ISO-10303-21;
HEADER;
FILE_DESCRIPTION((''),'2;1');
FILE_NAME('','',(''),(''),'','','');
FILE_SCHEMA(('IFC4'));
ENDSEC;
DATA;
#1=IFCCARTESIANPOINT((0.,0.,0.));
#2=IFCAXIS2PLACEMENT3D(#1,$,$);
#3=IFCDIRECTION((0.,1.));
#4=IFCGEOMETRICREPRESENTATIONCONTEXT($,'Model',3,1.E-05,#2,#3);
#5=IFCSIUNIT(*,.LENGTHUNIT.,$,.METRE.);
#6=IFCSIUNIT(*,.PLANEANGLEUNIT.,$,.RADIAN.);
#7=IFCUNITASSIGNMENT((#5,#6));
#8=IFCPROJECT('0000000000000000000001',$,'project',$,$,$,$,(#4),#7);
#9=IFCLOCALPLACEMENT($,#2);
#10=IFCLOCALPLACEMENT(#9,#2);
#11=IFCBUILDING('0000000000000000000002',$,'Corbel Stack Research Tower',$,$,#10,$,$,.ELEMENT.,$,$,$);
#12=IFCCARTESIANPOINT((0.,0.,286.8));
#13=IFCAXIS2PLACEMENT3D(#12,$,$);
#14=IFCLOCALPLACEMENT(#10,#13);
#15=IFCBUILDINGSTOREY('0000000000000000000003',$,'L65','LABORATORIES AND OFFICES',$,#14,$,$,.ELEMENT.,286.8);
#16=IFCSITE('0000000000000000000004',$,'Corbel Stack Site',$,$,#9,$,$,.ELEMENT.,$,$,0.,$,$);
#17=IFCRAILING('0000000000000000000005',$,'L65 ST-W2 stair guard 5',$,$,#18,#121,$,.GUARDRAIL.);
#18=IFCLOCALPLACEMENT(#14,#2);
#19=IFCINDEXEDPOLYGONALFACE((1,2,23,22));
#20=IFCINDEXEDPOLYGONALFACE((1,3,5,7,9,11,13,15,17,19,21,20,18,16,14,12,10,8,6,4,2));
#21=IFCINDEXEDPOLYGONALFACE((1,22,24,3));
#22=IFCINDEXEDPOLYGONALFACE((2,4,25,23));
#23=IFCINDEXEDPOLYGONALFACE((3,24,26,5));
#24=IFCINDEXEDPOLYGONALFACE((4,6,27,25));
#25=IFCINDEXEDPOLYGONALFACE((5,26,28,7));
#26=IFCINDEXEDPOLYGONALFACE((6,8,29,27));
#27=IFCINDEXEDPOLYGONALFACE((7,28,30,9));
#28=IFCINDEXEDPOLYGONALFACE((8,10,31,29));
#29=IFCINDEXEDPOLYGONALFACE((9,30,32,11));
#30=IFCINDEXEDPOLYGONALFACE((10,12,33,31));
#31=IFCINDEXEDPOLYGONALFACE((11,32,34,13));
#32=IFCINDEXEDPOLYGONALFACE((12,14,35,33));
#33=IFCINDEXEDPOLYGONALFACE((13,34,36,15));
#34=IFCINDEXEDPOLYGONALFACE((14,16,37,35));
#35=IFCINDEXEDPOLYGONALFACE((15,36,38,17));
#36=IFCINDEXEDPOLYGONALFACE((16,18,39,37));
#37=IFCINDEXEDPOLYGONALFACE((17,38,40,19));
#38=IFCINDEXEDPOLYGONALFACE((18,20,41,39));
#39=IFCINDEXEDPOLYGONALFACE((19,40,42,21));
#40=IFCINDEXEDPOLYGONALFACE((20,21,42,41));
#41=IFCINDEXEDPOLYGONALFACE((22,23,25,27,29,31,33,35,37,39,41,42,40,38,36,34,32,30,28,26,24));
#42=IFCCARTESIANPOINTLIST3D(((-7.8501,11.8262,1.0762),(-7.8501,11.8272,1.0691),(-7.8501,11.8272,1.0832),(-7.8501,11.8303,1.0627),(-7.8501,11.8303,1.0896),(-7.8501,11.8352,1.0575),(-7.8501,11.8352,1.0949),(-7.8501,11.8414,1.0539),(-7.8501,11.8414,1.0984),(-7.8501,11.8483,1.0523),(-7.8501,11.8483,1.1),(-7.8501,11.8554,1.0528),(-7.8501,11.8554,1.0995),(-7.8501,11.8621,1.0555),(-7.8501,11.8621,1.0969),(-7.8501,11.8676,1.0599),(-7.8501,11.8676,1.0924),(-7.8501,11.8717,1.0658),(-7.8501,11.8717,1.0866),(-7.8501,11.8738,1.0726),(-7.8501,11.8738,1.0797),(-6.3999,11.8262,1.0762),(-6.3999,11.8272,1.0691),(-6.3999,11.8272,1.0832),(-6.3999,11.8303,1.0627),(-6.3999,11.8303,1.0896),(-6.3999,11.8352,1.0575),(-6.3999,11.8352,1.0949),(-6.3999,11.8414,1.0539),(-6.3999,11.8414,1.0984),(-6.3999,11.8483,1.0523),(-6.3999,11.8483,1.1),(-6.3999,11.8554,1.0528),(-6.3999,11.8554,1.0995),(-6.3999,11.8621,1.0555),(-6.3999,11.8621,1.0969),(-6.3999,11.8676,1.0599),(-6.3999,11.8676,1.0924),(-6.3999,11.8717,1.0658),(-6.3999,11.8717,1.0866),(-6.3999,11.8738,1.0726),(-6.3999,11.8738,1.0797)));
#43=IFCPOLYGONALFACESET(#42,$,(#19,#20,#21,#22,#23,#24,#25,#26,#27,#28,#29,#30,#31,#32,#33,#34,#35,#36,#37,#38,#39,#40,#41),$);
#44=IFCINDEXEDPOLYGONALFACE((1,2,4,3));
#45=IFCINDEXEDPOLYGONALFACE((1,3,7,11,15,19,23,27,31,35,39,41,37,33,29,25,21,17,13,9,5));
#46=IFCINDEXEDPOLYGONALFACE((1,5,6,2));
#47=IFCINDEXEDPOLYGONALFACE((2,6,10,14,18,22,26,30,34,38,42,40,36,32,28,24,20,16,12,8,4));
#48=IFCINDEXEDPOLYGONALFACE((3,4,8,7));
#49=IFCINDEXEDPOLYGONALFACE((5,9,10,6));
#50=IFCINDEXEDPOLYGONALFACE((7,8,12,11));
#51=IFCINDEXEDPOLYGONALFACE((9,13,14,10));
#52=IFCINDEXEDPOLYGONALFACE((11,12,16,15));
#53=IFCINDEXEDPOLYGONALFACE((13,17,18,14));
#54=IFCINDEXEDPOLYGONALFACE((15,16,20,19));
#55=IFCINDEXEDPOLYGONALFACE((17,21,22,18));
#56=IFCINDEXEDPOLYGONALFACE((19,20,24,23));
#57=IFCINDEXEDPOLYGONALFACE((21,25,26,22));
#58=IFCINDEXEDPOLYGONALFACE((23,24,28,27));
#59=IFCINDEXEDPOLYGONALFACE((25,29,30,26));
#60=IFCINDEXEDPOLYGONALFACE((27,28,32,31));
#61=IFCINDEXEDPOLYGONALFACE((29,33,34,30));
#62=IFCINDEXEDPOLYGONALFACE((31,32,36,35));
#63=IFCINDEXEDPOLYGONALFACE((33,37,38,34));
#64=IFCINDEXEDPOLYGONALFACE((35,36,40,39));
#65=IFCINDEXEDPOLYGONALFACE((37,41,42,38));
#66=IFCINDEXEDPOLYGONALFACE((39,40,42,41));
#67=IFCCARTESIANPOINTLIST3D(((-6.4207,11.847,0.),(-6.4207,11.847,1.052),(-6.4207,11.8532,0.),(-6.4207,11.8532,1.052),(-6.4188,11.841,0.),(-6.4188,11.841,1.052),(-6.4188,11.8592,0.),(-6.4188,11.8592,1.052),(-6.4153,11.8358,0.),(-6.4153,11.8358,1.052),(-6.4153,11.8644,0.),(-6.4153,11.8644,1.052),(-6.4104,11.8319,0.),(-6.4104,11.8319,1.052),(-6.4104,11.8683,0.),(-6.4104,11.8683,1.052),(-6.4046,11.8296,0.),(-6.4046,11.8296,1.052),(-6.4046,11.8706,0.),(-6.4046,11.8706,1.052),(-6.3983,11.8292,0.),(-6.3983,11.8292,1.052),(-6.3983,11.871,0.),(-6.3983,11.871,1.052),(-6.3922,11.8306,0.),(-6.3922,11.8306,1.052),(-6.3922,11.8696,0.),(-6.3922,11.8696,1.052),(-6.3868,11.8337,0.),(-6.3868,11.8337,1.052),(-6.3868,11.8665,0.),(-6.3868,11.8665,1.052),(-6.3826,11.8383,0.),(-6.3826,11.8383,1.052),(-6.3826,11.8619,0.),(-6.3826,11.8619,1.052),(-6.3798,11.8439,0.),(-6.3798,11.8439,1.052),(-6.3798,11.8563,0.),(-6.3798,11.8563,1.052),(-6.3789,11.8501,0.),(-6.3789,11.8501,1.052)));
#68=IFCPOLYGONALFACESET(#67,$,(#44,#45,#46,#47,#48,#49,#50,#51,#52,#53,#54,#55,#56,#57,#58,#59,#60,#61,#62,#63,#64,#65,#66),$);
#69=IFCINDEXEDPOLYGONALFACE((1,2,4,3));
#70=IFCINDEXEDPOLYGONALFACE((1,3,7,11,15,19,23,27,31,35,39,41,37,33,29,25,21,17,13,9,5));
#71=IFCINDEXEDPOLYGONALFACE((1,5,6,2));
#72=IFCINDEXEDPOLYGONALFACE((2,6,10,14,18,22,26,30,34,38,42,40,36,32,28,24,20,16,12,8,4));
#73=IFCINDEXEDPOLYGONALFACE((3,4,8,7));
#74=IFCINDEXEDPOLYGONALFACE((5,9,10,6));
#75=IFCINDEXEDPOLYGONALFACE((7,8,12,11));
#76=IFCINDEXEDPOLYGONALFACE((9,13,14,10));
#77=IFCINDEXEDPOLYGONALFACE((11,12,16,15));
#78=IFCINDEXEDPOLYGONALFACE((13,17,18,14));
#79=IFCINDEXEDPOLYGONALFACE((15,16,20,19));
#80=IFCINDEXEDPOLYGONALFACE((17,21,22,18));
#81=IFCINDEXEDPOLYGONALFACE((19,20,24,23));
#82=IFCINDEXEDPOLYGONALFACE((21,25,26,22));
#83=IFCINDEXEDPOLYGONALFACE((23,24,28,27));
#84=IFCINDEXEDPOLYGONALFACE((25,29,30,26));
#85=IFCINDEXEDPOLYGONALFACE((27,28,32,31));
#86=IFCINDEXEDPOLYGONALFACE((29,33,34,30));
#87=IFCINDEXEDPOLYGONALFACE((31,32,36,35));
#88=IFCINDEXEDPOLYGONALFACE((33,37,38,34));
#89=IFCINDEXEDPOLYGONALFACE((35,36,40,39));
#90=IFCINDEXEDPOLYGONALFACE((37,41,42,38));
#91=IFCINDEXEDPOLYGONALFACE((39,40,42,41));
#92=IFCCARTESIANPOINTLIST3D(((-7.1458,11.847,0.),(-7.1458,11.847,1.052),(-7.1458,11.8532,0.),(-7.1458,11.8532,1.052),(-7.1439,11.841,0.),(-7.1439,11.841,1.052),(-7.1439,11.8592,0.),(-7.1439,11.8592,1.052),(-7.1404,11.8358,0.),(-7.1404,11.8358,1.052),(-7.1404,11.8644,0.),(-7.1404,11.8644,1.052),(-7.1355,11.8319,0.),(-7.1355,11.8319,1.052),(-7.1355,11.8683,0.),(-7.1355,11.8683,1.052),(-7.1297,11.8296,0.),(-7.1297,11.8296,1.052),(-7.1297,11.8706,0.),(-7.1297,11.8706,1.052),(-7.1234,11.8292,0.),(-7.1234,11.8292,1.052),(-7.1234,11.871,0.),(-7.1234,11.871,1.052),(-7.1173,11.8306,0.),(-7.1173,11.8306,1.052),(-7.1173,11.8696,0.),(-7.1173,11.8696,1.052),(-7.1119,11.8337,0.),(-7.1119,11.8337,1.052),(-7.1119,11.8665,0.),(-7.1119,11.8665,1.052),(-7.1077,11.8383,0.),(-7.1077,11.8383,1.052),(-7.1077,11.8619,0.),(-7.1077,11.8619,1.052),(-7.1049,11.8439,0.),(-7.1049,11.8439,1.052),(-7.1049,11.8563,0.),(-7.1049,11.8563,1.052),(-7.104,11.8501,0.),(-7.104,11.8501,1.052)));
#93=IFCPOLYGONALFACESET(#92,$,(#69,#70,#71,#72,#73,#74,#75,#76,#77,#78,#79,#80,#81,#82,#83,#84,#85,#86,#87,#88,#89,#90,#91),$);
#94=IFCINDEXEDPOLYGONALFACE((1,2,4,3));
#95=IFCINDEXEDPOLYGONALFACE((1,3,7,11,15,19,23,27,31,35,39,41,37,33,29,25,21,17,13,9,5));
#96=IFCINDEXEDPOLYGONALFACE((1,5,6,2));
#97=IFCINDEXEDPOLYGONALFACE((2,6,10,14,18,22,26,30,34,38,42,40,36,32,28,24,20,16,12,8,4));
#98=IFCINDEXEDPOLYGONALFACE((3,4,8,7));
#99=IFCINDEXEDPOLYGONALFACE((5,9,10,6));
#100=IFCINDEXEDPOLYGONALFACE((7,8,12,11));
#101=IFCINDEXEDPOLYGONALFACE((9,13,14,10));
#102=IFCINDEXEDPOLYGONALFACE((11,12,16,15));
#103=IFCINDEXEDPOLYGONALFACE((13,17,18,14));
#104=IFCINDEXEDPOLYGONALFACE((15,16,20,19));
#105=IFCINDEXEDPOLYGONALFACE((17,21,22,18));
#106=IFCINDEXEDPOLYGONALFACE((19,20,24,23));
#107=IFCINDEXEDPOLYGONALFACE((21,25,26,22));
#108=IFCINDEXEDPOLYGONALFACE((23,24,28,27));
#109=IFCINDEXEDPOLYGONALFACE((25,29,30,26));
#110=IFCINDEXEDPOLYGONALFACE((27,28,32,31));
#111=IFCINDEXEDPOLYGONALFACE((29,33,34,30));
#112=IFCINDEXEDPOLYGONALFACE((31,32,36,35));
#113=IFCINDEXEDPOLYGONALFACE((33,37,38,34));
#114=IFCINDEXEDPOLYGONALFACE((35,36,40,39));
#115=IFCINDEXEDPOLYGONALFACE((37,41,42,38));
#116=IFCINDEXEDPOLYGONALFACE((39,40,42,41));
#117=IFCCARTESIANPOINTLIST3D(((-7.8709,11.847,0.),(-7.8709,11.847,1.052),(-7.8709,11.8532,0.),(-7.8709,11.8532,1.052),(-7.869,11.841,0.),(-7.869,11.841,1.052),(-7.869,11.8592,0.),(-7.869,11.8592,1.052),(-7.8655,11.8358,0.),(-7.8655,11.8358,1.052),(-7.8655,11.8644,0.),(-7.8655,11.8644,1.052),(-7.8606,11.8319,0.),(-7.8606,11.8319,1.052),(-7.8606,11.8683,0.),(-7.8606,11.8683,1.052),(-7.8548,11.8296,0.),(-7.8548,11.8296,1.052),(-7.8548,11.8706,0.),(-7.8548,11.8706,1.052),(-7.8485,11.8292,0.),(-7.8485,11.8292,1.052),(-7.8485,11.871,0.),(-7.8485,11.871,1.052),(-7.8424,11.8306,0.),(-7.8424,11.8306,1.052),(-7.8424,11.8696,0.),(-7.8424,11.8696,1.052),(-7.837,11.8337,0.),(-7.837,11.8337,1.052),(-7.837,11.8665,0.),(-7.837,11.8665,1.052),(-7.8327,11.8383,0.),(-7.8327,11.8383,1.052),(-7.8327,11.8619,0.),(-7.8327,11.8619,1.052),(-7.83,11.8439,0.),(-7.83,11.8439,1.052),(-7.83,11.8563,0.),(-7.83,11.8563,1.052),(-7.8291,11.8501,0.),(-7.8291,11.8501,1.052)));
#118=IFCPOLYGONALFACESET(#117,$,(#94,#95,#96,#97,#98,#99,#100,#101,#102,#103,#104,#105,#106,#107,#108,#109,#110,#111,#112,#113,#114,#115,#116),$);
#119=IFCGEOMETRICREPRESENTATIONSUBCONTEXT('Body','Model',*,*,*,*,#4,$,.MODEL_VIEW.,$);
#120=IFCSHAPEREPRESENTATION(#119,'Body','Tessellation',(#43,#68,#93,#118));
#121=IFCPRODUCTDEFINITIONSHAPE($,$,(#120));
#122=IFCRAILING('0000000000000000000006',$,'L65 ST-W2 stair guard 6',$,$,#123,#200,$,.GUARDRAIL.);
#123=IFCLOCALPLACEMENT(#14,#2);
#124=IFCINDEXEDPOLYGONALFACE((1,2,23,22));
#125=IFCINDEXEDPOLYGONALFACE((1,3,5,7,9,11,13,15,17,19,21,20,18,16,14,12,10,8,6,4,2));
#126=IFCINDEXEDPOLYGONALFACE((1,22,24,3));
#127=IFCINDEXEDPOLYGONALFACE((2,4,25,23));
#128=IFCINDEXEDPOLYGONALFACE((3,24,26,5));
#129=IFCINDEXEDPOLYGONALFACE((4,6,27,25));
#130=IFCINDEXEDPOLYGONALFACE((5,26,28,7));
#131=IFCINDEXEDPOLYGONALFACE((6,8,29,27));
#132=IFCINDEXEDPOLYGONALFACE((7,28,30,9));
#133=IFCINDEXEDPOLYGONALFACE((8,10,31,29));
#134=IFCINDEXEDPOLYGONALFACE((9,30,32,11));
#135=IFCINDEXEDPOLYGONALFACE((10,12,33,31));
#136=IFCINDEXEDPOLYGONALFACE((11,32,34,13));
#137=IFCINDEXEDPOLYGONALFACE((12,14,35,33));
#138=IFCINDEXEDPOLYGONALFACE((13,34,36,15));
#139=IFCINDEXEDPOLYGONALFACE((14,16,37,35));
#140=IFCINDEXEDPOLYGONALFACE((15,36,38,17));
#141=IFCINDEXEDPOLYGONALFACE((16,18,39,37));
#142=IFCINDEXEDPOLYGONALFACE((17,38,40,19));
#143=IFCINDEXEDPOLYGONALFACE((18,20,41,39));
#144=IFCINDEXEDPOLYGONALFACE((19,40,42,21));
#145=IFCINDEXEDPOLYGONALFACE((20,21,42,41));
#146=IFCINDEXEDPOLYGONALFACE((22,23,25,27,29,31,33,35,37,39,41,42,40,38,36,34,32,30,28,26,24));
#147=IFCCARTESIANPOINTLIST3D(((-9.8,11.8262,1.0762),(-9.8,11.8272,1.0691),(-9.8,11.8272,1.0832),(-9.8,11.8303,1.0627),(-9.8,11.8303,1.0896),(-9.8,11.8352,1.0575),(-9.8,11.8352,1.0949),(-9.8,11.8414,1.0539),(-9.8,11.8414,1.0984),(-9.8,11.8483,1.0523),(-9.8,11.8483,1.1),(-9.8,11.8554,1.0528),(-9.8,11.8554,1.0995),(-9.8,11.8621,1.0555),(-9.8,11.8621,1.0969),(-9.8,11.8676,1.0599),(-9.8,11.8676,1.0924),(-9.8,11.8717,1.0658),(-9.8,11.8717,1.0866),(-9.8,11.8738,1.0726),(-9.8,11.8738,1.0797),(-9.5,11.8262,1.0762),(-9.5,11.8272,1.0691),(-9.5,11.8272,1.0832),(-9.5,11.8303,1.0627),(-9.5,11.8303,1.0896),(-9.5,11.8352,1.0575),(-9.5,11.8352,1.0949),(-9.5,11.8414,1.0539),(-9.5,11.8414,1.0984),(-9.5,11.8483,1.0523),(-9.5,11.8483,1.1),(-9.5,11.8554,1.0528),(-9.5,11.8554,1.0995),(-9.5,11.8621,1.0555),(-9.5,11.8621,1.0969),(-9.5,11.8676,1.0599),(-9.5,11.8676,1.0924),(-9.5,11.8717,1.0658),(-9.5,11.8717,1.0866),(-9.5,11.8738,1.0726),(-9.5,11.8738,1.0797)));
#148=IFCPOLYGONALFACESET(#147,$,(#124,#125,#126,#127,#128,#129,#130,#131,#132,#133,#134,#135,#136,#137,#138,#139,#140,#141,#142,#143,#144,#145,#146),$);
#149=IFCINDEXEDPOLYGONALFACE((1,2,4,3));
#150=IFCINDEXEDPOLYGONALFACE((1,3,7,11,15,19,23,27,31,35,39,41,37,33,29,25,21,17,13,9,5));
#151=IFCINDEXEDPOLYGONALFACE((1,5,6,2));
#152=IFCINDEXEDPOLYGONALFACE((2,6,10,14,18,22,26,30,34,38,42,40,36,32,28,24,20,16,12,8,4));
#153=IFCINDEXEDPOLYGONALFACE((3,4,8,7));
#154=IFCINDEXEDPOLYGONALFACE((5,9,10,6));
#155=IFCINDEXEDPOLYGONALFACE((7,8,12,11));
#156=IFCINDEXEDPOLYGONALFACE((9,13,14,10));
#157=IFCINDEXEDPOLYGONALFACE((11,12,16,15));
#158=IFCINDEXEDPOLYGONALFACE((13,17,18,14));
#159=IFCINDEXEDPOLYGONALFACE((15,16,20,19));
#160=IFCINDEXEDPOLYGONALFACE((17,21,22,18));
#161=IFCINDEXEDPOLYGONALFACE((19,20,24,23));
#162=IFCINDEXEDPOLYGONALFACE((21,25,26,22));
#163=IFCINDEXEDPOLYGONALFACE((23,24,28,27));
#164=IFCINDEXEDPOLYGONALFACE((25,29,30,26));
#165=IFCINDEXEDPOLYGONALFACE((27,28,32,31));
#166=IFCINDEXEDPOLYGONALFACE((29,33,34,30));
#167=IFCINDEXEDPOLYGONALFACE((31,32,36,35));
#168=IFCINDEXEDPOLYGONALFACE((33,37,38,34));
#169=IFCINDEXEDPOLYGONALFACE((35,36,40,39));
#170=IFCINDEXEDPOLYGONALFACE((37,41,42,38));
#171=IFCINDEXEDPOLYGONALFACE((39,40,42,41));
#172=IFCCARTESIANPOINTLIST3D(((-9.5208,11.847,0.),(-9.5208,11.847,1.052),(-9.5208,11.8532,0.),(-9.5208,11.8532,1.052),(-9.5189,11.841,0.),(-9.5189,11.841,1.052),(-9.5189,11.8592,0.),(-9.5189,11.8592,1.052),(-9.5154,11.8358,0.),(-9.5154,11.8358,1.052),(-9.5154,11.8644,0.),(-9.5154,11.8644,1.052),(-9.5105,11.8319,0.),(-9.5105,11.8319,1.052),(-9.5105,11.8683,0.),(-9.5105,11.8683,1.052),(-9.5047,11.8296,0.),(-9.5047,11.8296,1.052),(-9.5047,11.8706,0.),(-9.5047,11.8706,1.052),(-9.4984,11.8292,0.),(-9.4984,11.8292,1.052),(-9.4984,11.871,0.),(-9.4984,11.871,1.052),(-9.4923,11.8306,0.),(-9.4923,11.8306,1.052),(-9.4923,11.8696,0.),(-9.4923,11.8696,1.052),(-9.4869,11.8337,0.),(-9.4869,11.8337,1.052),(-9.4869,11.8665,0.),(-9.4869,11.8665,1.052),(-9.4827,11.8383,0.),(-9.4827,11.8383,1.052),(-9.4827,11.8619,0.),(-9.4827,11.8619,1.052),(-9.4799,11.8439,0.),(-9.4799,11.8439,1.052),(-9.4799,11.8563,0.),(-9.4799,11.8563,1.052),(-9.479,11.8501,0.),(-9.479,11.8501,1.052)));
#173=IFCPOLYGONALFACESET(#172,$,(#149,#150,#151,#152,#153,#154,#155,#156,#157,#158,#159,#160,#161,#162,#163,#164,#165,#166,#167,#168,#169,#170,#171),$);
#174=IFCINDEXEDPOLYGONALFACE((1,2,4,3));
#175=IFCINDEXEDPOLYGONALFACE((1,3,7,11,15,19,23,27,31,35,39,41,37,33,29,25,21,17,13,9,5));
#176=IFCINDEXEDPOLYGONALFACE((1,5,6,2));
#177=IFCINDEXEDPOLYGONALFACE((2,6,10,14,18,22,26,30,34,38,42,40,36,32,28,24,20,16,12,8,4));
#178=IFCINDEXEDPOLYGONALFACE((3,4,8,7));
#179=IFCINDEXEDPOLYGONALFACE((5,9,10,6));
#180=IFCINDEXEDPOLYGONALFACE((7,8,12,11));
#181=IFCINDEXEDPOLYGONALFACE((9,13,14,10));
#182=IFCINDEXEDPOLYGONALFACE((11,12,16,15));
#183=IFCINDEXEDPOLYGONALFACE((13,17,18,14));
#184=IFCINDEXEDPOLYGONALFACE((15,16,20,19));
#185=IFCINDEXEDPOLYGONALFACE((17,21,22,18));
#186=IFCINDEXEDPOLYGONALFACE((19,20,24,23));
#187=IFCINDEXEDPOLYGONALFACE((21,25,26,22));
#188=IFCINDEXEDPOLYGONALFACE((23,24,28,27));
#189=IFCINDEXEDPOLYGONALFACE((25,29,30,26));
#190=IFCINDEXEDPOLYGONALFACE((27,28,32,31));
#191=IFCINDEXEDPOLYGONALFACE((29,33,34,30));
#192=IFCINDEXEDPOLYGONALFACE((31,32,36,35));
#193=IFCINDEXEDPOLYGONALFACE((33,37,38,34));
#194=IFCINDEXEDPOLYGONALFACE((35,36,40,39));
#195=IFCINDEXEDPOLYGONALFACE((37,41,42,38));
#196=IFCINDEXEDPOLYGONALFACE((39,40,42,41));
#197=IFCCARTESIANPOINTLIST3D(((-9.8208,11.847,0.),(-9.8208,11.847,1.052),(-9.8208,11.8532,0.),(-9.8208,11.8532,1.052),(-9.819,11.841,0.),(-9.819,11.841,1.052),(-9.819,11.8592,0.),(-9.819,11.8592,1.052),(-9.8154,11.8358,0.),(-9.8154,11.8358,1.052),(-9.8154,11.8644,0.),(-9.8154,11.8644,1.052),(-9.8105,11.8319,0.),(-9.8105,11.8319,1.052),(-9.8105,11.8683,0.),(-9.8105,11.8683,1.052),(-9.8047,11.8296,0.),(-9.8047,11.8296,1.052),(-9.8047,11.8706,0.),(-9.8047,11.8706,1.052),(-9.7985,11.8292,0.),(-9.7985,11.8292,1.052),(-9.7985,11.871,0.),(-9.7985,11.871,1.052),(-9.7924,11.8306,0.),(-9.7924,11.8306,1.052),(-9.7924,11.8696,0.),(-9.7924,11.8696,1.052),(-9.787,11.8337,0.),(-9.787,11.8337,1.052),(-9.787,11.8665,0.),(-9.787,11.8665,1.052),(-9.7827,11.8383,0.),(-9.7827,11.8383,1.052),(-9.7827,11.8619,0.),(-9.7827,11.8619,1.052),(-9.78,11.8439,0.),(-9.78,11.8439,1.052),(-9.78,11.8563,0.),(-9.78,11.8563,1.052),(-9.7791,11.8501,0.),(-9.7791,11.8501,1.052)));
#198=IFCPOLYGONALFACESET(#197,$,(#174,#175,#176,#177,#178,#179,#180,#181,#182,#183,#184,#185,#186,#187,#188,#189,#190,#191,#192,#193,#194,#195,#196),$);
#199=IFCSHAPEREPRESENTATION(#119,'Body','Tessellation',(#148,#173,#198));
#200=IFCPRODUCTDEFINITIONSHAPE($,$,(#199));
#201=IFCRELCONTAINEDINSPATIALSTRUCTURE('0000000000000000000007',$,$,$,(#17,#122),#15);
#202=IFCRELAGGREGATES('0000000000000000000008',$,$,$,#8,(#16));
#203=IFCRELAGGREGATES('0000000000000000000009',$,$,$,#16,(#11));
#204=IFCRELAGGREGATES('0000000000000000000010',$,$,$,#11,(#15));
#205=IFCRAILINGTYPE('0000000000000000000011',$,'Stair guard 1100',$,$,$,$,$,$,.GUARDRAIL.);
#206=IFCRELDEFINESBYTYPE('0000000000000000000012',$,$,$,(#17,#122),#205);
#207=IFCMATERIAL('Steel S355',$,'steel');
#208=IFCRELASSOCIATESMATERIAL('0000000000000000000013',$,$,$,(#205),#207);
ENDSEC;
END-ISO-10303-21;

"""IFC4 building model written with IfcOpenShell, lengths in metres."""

from ifc_helpers import new_model, si_unit, direction, frame, origin, origin_2d, place, context, subcontext, project, spatial, circle, extrude, material, type_object, element, save


model = new_model("IFC4")

# Units and contexts
model_context = context("Model", 3, precision=1e-05, world=origin(), true_north=direction((0.0, 1.0)))
body_context = subcontext(model_context, "Body", "Model", "MODEL_VIEW")
ifc_project = project(units=[si_unit("LENGTHUNIT", "METRE"), si_unit("PLANEANGLEUNIT", "RADIAN")], contexts=[model_context])

# Site, building, storey
site_placement = place(None, origin())
site = spatial("IfcSite", under=ifc_project, at=site_placement, Name="Corbel Stack Site", CompositionType="ELEMENT", RefElevation=0.0)
building_placement = place(site_placement, origin())
building = spatial("IfcBuilding", under=site, at=building_placement, Name="Corbel Stack Research Tower", CompositionType="ELEMENT")
storey_placement = place(building_placement, frame((0.0, 0.0, 286.8)))
storey = spatial("IfcBuildingStorey", under=building, at=storey_placement, Name="L65", Description="LABORATORIES AND OFFICES", CompositionType="ELEMENT", Elevation=286.8)

# Railings
ifc_material_1 = material(Name="Steel S355", Category="steel")
railing_type_1 = type_object("IfcRailingType", Name="Stair guard 1100", PredefinedType="GUARDRAIL", material=ifc_material_1)
railing_1_placement = place(storey_placement, frame((-6.3999, 11.8501, 0.0)))
element("IfcRailing", 1, at=railing_1_placement, inside=storey, type_object=railing_type_1, Name="L65 ST-W2 stair guard 5", PredefinedType="GUARDRAIL", context=body_context, shape_type="SweptSolid", body=[
    extrude(circle(Radius=0.0239, at=origin_2d()), frame((0.0, 0.0, 1.0762), z_axis=(-1.0, 0.0, 0.0), x_axis=(0.0, -1.0, 0.0)), (0.0, 0.0, 1.0), 1.4502),
    extrude(circle(Radius=0.021, at=origin_2d()), origin(), (0.0, 0.0, 1.0), 1.052),
    extrude(circle(Radius=0.021, at=origin_2d()), frame((-0.7251, 0.0, 0.0)), (0.0, 0.0, 1.0), 1.052),
    extrude(circle(Radius=0.021, at=origin_2d()), frame((-1.4502, 0.0, 0.0)), (0.0, 0.0, 1.0), 1.052),
])
railing_2_placement = place(storey_placement, frame((-9.5, 11.8501, 0.0)))
element("IfcRailing", 2, at=railing_2_placement, inside=storey, type_object=railing_type_1, Name="L65 ST-W2 stair guard 6", PredefinedType="GUARDRAIL", context=body_context, shape_type="SweptSolid", body=[
    extrude(circle(Radius=0.0239, at=origin_2d()), frame((0.0, 0.0, 1.0762), z_axis=(-1.0, 0.0, 0.0), x_axis=(0.0, -1.0, 0.0)), (0.0, 0.0, 1.0), 0.3),
    extrude(circle(Radius=0.021, at=origin_2d()), origin(), (0.0, 0.0, 1.0), 1.052),
    extrude(circle(Radius=0.021, at=origin_2d()), frame((-0.3, 0.0, 0.0)), (0.0, 0.0, 1.0), 1.052),
])

save(model, "model.ifc")
